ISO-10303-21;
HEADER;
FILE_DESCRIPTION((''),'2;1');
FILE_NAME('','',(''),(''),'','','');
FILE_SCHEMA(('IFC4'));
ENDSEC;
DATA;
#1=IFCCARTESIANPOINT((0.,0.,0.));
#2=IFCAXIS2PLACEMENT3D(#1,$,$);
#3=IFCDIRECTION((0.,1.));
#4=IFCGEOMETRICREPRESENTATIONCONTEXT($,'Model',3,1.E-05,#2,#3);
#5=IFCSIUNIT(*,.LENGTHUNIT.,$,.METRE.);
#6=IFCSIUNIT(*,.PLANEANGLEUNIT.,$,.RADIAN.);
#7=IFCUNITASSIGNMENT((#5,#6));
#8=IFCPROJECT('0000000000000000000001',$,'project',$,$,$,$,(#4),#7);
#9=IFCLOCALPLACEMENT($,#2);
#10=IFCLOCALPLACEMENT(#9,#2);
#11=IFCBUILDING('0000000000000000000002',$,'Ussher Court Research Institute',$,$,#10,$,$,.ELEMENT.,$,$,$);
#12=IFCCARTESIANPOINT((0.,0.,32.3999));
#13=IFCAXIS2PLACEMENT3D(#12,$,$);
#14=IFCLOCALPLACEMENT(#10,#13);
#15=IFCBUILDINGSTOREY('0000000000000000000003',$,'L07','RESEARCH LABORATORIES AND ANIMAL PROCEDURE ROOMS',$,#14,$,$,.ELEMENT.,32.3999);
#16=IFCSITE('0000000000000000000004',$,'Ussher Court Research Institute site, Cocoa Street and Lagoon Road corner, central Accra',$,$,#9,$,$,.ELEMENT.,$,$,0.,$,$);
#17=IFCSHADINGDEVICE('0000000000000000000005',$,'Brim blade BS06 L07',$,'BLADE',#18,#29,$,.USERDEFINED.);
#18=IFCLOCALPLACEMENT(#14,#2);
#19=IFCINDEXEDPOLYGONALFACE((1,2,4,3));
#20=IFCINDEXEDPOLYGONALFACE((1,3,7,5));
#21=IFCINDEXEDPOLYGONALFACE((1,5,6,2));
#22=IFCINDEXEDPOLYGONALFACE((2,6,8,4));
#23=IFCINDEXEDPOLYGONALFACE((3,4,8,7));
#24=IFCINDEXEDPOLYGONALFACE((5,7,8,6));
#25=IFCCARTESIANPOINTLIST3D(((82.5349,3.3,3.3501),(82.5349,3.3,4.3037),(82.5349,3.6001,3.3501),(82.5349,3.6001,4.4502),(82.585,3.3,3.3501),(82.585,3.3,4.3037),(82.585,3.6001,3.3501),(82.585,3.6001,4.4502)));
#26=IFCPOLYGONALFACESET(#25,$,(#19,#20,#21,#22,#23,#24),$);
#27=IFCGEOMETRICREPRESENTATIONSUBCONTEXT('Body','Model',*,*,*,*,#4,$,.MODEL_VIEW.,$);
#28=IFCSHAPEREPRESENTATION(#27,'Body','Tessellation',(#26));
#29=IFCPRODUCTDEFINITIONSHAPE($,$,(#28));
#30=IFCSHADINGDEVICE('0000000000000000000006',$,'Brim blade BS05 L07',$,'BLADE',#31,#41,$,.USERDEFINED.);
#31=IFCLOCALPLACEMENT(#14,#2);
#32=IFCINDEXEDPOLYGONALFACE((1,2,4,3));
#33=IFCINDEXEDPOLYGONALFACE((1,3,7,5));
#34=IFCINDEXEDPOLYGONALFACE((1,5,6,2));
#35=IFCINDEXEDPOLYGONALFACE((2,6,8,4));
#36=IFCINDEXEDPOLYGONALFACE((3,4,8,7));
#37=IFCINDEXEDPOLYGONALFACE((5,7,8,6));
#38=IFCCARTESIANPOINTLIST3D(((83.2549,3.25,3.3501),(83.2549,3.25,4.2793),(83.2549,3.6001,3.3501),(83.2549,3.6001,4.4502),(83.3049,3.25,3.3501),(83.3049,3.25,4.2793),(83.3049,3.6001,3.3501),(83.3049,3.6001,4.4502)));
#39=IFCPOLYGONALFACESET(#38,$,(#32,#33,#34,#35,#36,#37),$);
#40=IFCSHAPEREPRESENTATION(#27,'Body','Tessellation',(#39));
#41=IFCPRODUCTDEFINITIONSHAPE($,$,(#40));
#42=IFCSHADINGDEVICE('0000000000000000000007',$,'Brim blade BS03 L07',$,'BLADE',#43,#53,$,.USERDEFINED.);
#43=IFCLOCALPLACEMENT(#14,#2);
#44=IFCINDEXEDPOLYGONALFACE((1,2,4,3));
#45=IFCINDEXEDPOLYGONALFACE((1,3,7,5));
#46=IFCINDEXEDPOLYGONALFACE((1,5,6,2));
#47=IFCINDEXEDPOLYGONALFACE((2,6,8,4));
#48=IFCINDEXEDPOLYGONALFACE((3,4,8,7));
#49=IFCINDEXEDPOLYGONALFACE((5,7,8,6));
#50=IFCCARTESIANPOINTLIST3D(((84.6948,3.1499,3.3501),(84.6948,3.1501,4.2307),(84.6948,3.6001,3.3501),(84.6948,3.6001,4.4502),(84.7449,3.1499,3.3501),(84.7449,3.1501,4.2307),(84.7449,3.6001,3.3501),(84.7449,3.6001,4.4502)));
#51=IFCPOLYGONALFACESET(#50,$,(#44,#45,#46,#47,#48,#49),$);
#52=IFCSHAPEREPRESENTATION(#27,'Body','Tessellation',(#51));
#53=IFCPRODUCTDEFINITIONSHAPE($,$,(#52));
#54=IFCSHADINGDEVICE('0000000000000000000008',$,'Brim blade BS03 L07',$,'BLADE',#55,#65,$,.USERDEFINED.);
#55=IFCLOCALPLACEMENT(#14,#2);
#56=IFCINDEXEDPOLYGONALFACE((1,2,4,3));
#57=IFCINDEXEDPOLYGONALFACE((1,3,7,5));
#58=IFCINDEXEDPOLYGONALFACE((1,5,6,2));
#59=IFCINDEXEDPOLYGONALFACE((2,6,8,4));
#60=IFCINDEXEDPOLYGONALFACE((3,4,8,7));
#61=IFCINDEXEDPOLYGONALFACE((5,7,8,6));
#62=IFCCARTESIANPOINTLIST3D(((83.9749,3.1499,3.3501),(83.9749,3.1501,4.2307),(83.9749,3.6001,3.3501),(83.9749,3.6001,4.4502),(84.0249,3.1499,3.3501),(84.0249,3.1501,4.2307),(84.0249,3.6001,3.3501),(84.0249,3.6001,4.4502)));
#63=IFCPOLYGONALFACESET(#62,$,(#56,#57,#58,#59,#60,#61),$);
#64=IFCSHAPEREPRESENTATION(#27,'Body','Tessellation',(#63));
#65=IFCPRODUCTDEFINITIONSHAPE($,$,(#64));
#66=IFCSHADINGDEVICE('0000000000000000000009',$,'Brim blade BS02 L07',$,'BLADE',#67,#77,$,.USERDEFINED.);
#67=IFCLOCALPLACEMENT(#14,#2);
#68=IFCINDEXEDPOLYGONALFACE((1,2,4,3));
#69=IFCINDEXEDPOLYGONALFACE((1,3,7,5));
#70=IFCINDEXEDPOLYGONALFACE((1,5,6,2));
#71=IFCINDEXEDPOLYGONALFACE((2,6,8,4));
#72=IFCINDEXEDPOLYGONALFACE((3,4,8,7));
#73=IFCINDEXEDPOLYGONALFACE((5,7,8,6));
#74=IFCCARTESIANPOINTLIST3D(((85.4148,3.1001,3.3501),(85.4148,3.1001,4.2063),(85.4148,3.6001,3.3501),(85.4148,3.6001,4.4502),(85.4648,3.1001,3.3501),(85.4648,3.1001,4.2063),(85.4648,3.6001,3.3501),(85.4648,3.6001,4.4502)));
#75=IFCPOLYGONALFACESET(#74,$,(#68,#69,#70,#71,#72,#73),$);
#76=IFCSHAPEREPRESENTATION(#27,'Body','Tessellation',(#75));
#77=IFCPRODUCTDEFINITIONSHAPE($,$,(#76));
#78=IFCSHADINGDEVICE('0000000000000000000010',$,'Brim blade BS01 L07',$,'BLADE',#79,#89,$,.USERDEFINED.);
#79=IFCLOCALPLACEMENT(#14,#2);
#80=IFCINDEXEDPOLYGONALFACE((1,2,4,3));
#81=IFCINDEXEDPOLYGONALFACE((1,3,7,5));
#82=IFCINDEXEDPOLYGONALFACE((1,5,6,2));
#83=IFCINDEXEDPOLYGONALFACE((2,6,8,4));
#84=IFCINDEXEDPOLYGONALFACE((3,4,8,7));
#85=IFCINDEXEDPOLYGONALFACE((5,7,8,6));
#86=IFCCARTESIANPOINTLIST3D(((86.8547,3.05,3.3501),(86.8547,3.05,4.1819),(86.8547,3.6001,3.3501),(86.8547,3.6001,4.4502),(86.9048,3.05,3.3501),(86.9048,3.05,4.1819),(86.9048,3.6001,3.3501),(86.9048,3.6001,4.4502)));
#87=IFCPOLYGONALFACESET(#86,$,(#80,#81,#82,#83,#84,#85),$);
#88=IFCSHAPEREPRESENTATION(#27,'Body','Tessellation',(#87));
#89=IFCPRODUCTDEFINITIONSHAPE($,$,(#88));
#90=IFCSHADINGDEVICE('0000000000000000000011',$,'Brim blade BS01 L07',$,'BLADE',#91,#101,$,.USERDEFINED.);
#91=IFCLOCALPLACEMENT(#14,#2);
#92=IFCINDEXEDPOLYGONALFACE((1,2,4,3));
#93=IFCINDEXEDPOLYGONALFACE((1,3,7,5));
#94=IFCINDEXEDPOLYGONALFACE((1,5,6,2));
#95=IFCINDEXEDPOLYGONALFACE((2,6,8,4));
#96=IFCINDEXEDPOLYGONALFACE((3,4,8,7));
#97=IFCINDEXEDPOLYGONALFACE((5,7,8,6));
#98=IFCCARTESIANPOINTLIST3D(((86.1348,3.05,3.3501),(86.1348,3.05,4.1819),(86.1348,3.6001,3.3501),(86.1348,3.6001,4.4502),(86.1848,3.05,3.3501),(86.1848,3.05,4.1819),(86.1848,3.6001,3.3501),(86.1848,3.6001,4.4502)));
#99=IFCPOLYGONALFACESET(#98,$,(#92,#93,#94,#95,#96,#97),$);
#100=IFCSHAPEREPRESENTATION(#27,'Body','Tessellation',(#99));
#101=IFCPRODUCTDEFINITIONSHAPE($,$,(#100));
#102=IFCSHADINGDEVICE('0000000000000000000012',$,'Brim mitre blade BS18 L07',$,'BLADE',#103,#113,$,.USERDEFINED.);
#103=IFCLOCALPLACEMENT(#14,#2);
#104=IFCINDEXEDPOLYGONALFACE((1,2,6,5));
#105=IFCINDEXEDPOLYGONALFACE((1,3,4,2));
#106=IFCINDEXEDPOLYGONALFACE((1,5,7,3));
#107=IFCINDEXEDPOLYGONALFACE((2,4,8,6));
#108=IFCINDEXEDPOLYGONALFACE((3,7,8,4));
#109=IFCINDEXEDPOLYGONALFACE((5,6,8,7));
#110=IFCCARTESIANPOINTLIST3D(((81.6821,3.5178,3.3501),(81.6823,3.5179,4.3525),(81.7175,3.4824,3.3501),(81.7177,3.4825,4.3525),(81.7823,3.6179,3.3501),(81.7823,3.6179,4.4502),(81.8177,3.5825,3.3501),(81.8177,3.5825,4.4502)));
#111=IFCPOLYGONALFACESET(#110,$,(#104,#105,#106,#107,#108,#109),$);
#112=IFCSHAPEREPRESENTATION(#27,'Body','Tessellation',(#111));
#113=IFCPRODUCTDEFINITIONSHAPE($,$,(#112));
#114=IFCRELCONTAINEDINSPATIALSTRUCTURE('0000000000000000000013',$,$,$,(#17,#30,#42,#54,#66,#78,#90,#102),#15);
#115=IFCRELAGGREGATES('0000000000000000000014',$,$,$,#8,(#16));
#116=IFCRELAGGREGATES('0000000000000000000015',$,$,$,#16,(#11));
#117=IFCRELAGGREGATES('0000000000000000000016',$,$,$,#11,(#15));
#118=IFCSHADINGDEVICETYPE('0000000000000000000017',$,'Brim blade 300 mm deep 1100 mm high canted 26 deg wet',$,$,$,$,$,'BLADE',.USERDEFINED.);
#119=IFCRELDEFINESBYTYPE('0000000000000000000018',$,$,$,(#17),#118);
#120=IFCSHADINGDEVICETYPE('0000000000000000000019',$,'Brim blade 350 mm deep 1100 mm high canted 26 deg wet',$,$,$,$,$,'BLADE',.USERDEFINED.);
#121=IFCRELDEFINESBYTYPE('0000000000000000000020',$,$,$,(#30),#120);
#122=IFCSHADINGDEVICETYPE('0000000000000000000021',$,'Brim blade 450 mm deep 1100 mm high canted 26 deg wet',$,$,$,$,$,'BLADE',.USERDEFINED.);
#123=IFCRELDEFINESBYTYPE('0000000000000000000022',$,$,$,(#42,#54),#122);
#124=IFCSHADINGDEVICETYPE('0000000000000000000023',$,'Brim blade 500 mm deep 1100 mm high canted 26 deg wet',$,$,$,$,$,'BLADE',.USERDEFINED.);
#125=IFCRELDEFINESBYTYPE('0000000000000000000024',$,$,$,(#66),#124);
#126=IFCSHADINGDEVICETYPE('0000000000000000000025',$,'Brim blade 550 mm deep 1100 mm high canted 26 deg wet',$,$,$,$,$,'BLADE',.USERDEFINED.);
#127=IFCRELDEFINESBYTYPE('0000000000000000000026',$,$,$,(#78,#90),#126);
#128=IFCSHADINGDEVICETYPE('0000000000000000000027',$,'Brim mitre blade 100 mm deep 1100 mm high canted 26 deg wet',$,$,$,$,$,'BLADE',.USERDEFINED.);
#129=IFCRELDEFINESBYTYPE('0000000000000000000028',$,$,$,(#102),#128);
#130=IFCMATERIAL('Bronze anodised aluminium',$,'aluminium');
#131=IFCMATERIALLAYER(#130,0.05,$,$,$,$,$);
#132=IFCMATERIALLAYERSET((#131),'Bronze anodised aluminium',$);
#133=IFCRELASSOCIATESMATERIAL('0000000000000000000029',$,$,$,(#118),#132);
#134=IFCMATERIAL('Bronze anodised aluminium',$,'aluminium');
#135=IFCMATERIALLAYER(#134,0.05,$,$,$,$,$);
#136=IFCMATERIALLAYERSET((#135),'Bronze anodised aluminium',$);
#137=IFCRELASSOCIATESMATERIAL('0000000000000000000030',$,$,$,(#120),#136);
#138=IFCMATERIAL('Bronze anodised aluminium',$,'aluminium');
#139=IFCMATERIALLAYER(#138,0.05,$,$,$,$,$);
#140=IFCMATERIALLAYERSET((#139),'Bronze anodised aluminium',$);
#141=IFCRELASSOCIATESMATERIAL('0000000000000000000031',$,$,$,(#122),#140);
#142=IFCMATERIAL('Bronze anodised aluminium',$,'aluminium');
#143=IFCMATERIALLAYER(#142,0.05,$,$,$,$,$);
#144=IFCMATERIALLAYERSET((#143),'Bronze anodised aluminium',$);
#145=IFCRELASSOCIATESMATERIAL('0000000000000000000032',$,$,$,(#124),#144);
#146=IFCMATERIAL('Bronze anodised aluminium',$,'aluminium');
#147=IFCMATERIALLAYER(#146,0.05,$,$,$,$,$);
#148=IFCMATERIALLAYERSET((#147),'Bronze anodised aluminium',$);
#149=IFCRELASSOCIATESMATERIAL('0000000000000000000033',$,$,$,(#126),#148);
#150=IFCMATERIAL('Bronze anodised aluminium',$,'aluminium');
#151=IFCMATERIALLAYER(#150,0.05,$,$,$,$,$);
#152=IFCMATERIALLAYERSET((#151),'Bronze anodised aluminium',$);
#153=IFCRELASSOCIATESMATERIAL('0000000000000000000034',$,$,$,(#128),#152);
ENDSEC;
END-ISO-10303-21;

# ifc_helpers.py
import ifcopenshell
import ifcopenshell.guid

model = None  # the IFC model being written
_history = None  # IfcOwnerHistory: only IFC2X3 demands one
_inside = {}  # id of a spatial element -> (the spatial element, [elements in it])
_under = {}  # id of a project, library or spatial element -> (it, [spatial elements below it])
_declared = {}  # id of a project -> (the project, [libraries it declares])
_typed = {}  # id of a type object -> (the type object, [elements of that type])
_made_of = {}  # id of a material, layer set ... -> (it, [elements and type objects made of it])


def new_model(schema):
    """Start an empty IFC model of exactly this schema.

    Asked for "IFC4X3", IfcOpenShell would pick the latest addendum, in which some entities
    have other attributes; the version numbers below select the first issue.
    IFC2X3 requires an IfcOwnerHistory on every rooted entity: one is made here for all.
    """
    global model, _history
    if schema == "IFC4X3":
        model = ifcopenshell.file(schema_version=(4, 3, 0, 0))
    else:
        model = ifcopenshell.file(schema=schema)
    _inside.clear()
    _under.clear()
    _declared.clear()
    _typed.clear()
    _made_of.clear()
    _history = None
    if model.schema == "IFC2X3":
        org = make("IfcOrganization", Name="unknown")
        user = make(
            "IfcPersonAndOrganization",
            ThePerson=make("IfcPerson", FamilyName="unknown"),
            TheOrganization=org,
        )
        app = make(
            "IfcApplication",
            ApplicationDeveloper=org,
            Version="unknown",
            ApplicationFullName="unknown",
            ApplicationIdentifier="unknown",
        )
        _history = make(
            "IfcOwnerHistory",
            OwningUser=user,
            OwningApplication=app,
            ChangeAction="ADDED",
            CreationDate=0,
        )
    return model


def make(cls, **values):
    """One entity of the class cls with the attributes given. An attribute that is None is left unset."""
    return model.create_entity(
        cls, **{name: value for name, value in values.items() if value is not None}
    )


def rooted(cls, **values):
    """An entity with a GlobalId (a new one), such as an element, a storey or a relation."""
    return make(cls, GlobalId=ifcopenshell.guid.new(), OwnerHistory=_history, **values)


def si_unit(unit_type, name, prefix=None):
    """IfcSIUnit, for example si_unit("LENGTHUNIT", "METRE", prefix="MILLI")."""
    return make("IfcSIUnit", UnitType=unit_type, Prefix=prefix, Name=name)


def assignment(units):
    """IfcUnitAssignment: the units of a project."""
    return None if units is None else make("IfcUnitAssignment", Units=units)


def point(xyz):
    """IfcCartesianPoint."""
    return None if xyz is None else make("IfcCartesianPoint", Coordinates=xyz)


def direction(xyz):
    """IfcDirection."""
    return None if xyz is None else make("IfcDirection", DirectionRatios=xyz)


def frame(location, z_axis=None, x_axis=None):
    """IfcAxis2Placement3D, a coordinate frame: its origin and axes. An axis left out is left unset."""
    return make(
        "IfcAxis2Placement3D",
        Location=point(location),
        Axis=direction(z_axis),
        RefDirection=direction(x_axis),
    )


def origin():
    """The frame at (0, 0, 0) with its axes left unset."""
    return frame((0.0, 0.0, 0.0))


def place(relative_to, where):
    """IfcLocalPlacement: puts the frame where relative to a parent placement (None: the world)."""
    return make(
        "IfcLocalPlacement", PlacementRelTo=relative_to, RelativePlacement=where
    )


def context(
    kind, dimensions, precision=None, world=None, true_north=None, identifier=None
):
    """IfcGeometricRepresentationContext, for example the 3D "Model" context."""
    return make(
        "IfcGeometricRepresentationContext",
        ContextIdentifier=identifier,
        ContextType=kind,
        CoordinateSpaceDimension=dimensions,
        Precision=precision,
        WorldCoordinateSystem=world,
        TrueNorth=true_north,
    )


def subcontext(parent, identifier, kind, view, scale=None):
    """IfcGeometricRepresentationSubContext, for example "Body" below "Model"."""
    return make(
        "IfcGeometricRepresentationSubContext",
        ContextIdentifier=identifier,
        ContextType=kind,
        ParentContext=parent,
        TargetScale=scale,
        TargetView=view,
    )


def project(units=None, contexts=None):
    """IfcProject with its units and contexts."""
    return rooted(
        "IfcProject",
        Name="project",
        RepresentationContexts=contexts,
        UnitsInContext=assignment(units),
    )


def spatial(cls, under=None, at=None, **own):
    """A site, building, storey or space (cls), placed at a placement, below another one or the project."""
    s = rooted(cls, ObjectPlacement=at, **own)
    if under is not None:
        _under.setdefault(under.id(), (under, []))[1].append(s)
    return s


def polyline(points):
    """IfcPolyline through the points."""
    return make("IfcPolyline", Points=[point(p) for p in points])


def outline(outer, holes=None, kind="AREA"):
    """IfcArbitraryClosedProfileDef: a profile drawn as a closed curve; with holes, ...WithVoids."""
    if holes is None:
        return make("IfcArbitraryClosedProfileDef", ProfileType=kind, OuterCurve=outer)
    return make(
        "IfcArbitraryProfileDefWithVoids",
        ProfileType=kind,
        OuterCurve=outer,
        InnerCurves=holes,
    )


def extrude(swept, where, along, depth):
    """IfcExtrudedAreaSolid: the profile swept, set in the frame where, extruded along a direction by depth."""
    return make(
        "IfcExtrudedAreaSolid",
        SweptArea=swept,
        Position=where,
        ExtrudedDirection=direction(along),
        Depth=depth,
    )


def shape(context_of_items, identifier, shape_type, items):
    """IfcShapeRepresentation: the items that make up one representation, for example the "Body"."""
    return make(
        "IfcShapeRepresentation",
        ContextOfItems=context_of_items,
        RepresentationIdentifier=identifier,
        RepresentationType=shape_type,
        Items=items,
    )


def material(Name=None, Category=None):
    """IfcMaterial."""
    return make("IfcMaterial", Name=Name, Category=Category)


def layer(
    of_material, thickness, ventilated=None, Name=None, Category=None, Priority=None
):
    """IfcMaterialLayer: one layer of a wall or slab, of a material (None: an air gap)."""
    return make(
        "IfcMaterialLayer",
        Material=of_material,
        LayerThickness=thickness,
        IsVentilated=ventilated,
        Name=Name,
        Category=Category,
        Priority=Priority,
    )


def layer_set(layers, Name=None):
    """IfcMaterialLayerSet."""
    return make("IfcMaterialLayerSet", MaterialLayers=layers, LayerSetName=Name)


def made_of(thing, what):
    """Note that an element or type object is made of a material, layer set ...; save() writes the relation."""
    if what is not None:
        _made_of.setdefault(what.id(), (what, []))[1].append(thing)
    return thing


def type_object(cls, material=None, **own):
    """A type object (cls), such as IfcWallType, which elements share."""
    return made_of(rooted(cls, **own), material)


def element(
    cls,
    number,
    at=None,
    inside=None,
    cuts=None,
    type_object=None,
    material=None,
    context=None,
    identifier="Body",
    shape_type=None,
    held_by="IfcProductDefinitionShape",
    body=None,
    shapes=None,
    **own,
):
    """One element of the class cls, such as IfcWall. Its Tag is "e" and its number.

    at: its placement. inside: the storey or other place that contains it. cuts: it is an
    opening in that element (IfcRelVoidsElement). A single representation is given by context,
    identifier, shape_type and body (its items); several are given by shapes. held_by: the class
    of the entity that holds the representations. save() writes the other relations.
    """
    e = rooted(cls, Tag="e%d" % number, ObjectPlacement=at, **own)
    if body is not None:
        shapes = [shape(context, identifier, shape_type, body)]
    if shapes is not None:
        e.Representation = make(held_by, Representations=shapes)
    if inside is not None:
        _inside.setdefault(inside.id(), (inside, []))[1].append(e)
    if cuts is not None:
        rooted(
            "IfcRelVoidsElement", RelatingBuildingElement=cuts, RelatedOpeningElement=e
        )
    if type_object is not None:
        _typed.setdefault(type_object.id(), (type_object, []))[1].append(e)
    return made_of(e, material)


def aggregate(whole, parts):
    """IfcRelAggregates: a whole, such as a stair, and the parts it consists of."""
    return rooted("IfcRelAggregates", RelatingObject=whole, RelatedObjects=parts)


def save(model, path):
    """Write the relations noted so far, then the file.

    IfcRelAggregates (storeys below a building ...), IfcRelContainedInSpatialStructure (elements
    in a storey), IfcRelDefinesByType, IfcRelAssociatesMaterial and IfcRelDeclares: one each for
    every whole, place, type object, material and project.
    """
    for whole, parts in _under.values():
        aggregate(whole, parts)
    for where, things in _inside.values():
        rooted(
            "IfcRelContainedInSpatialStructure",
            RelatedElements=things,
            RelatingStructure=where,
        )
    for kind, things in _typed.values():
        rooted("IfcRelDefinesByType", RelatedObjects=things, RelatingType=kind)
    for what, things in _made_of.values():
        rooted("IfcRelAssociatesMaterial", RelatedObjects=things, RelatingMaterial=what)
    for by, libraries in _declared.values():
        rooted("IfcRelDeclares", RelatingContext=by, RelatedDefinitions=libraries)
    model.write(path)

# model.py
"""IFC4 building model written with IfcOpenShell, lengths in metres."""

from ifc_helpers import new_model, si_unit, direction, frame, origin, place, context, subcontext, project, spatial, polyline, outline, extrude, material, layer, layer_set, type_object, element, save


model = new_model("IFC4")

# Units and contexts
model_context = context("Model", 3, precision=1e-05, world=origin(), true_north=direction((0.0, 1.0)))
body_context = subcontext(model_context, "Body", "Model", "MODEL_VIEW")
ifc_project = project(units=[si_unit("LENGTHUNIT", "METRE"), si_unit("PLANEANGLEUNIT", "RADIAN")], contexts=[model_context])

# Site, building, storey
site_placement = place(None, origin())
site = spatial("IfcSite", under=ifc_project, at=site_placement, Name="Ussher Court Research Institute site, Cocoa Street and Lagoon Road corner, central Accra", CompositionType="ELEMENT", RefElevation=0.0)
building_placement = place(site_placement, origin())
building = spatial("IfcBuilding", under=site, at=building_placement, Name="Ussher Court Research Institute", CompositionType="ELEMENT")
storey_placement = place(building_placement, frame((0.0, 0.0, 32.3999)))
storey = spatial("IfcBuildingStorey", under=building, at=storey_placement, Name="L07", Description="RESEARCH LABORATORIES AND ANIMAL PROCEDURE ROOMS", CompositionType="ELEMENT", Elevation=32.3999)

# Shading devices
ifc_material_1 = material(Name="Bronze anodised aluminium", Category="aluminium")
ifc_layer_1 = layer(ifc_material_1, 0.05)
ifc_layer_set_1 = layer_set([ifc_layer_1], Name="Bronze anodised aluminium")
shading_device_type_1 = type_object("IfcShadingDeviceType", Name="Brim blade 300 mm deep 1100 mm high canted 26 deg wet", ElementType="BLADE", PredefinedType="USERDEFINED", material=ifc_layer_set_1)
shading_device_1_placement = place(storey_placement, frame((82.5601, 3.6001, 3.3501), z_axis=(0.0, 0.0, 1.0), x_axis=(0.0, -1.0, 0.0)))
element("IfcShadingDevice", 1, at=shading_device_1_placement, inside=storey, type_object=shading_device_type_1, Name="Brim blade BS06 L07", ObjectType="BLADE", PredefinedType="USERDEFINED", context=body_context, shape_type="SweptSolid", body=[
    extrude(outline(polyline([(0.0, 0.0), (0.3, 0.0), (0.3, 0.9536), (0.0, 1.1001), (0.0, 0.0)])), frame((0.0, 0.0249, 0.0), z_axis=(0.0, -1.0, 0.0), x_axis=(1.0, 0.0, 0.0)), (0.0, 0.0, 1.0), 0.05),
])
ifc_material_2 = material(Name="Bronze anodised aluminium", Category="aluminium")
ifc_layer_2 = layer(ifc_material_2, 0.05)
ifc_layer_set_2 = layer_set([ifc_layer_2], Name="Bronze anodised aluminium")
shading_device_type_2 = type_object("IfcShadingDeviceType", Name="Brim blade 350 mm deep 1100 mm high canted 26 deg wet", ElementType="BLADE", PredefinedType="USERDEFINED", material=ifc_layer_set_2)
shading_device_2_placement = place(storey_placement, frame((83.28, 3.6001, 3.3501), z_axis=(0.0, 0.0, 1.0), x_axis=(0.0, -1.0, 0.0)))
element("IfcShadingDevice", 2, at=shading_device_2_placement, inside=storey, type_object=shading_device_type_2, Name="Brim blade BS05 L07", ObjectType="BLADE", PredefinedType="USERDEFINED", context=body_context, shape_type="SweptSolid", body=[
    extrude(outline(polyline([(0.0, 0.0), (0.3501, 0.0), (0.3501, 0.9292), (0.0, 1.1001), (0.0, 0.0)])), frame((0.0, 0.0249, 0.0), z_axis=(0.0, -1.0, 0.0), x_axis=(1.0, 0.0, 0.0)), (0.0, 0.0, 1.0), 0.05),
])
ifc_material_3 = material(Name="Bronze anodised aluminium", Category="aluminium")
ifc_layer_3 = layer(ifc_material_3, 0.05)
ifc_layer_set_3 = layer_set([ifc_layer_3], Name="Bronze anodised aluminium")
shading_device_type_3 = type_object("IfcShadingDeviceType", Name="Brim blade 450 mm deep 1100 mm high canted 26 deg wet", ElementType="BLADE", PredefinedType="USERDEFINED", material=ifc_layer_set_3)
for number, where, z_axis, x_axis, name in (
    (3, (84.72, 3.6001, 3.3501), (0.0, 0.0, 1.0), (0.0, -1.0, 0.0), "Brim blade BS03 L07"),
    (4, (84.0, 3.6001, 3.3501), (0.0, 0.0, 1.0), (0.0, -1.0, 0.0), "Brim blade BS03 L07"),
):
    element("IfcShadingDevice", number, at=place(storey_placement, frame(where, z_axis=z_axis, x_axis=x_axis)), inside=storey, type_object=shading_device_type_3, Name=name, ObjectType="BLADE", PredefinedType="USERDEFINED", context=body_context, shape_type="SweptSolid", body=[
        extrude(outline(polyline([(0.0, 0.0), (0.4502, 0.0), (0.45, 0.8806), (0.0, 1.1001), (0.0, 0.0)])), frame((0.0, 0.0249, 0.0), z_axis=(0.0, -1.0, 0.0), x_axis=(1.0, 0.0, 0.0)), (0.0, 0.0, 1.0), 0.05),
    ])
ifc_material_4 = material(Name="Bronze anodised aluminium", Category="aluminium")
ifc_layer_4 = layer(ifc_material_4, 0.05)
ifc_layer_set_4 = layer_set([ifc_layer_4], Name="Bronze anodised aluminium")
shading_device_type_4 = type_object("IfcShadingDeviceType", Name="Brim blade 500 mm deep 1100 mm high canted 26 deg wet", ElementType="BLADE", PredefinedType="USERDEFINED", material=ifc_layer_set_4)
shading_device_3_placement = place(storey_placement, frame((85.4399, 3.6001, 3.3501), z_axis=(0.0, 0.0, 1.0), x_axis=(0.0, -1.0, 0.0)))
element("IfcShadingDevice", 5, at=shading_device_3_placement, inside=storey, type_object=shading_device_type_4, Name="Brim blade BS02 L07", ObjectType="BLADE", PredefinedType="USERDEFINED", context=body_context, shape_type="SweptSolid", body=[
    extrude(outline(polyline([(0.0, 0.0), (0.5, 0.0), (0.5, 0.8562), (0.0, 1.1001), (0.0, 0.0)])), frame((0.0, 0.0249, 0.0), z_axis=(0.0, -1.0, 0.0), x_axis=(1.0, 0.0, 0.0)), (0.0, 0.0, 1.0), 0.05),
])
ifc_material_5 = material(Name="Bronze anodised aluminium", Category="aluminium")
ifc_layer_5 = layer(ifc_material_5, 0.05)
ifc_layer_set_5 = layer_set([ifc_layer_5], Name="Bronze anodised aluminium")
shading_device_type_5 = type_object("IfcShadingDeviceType", Name="Brim blade 550 mm deep 1100 mm high canted 26 deg wet", ElementType="BLADE", PredefinedType="USERDEFINED", material=ifc_layer_set_5)
for number, where, z_axis, x_axis, name in (
    (6, (86.8799, 3.6001, 3.3501), (0.0, 0.0, 1.0), (0.0, -1.0, 0.0), "Brim blade BS01 L07"),
    (7, (86.1599, 3.6001, 3.3501), (0.0, 0.0, 1.0), (0.0, -1.0, 0.0), "Brim blade BS01 L07"),
):
    element("IfcShadingDevice", number, at=place(storey_placement, frame(where, z_axis=z_axis, x_axis=x_axis)), inside=storey, type_object=shading_device_type_5, Name=name, ObjectType="BLADE", PredefinedType="USERDEFINED", context=body_context, shape_type="SweptSolid", body=[
        extrude(outline(polyline([(0.0, 0.0), (0.55, 0.0), (0.55, 0.8318), (0.0, 1.1001), (0.0, 0.0)])), frame((0.0, 0.0249, 0.0), z_axis=(0.0, -1.0, 0.0), x_axis=(1.0, 0.0, 0.0)), (0.0, 0.0, 1.0), 0.05),
    ])
ifc_material_6 = material(Name="Bronze anodised aluminium", Category="aluminium")
ifc_layer_6 = layer(ifc_material_6, 0.05)
ifc_layer_set_6 = layer_set([ifc_layer_6], Name="Bronze anodised aluminium")
shading_device_type_6 = type_object("IfcShadingDeviceType", Name="Brim mitre blade 100 mm deep 1100 mm high canted 26 deg wet", ElementType="BLADE", PredefinedType="USERDEFINED", material=ifc_layer_set_6)
shading_device_4_placement = place(storey_placement, frame((81.8, 3.6001, 3.3501), z_axis=(0.0, 0.0, 1.0), x_axis=(-0.707107, -0.707107, 0.0)))
element("IfcShadingDevice", 8, at=shading_device_4_placement, inside=storey, type_object=shading_device_type_6, Name="Brim mitre blade BS18 L07", ObjectType="BLADE", PredefinedType="USERDEFINED", context=body_context, shape_type="SweptSolid", body=[
    extrude(outline(polyline([(0.0, 0.0), (0.1416, 0.0), (0.1414, 1.0024), (0.0, 1.1001), (0.0, 0.0)])), frame((0.0, 0.0249, 0.0), z_axis=(0.0, -1.0, 0.0), x_axis=(1.0, 0.0, 0.0)), (0.0, 0.0, 1.0), 0.05),
])

save(model, "model.ifc")
